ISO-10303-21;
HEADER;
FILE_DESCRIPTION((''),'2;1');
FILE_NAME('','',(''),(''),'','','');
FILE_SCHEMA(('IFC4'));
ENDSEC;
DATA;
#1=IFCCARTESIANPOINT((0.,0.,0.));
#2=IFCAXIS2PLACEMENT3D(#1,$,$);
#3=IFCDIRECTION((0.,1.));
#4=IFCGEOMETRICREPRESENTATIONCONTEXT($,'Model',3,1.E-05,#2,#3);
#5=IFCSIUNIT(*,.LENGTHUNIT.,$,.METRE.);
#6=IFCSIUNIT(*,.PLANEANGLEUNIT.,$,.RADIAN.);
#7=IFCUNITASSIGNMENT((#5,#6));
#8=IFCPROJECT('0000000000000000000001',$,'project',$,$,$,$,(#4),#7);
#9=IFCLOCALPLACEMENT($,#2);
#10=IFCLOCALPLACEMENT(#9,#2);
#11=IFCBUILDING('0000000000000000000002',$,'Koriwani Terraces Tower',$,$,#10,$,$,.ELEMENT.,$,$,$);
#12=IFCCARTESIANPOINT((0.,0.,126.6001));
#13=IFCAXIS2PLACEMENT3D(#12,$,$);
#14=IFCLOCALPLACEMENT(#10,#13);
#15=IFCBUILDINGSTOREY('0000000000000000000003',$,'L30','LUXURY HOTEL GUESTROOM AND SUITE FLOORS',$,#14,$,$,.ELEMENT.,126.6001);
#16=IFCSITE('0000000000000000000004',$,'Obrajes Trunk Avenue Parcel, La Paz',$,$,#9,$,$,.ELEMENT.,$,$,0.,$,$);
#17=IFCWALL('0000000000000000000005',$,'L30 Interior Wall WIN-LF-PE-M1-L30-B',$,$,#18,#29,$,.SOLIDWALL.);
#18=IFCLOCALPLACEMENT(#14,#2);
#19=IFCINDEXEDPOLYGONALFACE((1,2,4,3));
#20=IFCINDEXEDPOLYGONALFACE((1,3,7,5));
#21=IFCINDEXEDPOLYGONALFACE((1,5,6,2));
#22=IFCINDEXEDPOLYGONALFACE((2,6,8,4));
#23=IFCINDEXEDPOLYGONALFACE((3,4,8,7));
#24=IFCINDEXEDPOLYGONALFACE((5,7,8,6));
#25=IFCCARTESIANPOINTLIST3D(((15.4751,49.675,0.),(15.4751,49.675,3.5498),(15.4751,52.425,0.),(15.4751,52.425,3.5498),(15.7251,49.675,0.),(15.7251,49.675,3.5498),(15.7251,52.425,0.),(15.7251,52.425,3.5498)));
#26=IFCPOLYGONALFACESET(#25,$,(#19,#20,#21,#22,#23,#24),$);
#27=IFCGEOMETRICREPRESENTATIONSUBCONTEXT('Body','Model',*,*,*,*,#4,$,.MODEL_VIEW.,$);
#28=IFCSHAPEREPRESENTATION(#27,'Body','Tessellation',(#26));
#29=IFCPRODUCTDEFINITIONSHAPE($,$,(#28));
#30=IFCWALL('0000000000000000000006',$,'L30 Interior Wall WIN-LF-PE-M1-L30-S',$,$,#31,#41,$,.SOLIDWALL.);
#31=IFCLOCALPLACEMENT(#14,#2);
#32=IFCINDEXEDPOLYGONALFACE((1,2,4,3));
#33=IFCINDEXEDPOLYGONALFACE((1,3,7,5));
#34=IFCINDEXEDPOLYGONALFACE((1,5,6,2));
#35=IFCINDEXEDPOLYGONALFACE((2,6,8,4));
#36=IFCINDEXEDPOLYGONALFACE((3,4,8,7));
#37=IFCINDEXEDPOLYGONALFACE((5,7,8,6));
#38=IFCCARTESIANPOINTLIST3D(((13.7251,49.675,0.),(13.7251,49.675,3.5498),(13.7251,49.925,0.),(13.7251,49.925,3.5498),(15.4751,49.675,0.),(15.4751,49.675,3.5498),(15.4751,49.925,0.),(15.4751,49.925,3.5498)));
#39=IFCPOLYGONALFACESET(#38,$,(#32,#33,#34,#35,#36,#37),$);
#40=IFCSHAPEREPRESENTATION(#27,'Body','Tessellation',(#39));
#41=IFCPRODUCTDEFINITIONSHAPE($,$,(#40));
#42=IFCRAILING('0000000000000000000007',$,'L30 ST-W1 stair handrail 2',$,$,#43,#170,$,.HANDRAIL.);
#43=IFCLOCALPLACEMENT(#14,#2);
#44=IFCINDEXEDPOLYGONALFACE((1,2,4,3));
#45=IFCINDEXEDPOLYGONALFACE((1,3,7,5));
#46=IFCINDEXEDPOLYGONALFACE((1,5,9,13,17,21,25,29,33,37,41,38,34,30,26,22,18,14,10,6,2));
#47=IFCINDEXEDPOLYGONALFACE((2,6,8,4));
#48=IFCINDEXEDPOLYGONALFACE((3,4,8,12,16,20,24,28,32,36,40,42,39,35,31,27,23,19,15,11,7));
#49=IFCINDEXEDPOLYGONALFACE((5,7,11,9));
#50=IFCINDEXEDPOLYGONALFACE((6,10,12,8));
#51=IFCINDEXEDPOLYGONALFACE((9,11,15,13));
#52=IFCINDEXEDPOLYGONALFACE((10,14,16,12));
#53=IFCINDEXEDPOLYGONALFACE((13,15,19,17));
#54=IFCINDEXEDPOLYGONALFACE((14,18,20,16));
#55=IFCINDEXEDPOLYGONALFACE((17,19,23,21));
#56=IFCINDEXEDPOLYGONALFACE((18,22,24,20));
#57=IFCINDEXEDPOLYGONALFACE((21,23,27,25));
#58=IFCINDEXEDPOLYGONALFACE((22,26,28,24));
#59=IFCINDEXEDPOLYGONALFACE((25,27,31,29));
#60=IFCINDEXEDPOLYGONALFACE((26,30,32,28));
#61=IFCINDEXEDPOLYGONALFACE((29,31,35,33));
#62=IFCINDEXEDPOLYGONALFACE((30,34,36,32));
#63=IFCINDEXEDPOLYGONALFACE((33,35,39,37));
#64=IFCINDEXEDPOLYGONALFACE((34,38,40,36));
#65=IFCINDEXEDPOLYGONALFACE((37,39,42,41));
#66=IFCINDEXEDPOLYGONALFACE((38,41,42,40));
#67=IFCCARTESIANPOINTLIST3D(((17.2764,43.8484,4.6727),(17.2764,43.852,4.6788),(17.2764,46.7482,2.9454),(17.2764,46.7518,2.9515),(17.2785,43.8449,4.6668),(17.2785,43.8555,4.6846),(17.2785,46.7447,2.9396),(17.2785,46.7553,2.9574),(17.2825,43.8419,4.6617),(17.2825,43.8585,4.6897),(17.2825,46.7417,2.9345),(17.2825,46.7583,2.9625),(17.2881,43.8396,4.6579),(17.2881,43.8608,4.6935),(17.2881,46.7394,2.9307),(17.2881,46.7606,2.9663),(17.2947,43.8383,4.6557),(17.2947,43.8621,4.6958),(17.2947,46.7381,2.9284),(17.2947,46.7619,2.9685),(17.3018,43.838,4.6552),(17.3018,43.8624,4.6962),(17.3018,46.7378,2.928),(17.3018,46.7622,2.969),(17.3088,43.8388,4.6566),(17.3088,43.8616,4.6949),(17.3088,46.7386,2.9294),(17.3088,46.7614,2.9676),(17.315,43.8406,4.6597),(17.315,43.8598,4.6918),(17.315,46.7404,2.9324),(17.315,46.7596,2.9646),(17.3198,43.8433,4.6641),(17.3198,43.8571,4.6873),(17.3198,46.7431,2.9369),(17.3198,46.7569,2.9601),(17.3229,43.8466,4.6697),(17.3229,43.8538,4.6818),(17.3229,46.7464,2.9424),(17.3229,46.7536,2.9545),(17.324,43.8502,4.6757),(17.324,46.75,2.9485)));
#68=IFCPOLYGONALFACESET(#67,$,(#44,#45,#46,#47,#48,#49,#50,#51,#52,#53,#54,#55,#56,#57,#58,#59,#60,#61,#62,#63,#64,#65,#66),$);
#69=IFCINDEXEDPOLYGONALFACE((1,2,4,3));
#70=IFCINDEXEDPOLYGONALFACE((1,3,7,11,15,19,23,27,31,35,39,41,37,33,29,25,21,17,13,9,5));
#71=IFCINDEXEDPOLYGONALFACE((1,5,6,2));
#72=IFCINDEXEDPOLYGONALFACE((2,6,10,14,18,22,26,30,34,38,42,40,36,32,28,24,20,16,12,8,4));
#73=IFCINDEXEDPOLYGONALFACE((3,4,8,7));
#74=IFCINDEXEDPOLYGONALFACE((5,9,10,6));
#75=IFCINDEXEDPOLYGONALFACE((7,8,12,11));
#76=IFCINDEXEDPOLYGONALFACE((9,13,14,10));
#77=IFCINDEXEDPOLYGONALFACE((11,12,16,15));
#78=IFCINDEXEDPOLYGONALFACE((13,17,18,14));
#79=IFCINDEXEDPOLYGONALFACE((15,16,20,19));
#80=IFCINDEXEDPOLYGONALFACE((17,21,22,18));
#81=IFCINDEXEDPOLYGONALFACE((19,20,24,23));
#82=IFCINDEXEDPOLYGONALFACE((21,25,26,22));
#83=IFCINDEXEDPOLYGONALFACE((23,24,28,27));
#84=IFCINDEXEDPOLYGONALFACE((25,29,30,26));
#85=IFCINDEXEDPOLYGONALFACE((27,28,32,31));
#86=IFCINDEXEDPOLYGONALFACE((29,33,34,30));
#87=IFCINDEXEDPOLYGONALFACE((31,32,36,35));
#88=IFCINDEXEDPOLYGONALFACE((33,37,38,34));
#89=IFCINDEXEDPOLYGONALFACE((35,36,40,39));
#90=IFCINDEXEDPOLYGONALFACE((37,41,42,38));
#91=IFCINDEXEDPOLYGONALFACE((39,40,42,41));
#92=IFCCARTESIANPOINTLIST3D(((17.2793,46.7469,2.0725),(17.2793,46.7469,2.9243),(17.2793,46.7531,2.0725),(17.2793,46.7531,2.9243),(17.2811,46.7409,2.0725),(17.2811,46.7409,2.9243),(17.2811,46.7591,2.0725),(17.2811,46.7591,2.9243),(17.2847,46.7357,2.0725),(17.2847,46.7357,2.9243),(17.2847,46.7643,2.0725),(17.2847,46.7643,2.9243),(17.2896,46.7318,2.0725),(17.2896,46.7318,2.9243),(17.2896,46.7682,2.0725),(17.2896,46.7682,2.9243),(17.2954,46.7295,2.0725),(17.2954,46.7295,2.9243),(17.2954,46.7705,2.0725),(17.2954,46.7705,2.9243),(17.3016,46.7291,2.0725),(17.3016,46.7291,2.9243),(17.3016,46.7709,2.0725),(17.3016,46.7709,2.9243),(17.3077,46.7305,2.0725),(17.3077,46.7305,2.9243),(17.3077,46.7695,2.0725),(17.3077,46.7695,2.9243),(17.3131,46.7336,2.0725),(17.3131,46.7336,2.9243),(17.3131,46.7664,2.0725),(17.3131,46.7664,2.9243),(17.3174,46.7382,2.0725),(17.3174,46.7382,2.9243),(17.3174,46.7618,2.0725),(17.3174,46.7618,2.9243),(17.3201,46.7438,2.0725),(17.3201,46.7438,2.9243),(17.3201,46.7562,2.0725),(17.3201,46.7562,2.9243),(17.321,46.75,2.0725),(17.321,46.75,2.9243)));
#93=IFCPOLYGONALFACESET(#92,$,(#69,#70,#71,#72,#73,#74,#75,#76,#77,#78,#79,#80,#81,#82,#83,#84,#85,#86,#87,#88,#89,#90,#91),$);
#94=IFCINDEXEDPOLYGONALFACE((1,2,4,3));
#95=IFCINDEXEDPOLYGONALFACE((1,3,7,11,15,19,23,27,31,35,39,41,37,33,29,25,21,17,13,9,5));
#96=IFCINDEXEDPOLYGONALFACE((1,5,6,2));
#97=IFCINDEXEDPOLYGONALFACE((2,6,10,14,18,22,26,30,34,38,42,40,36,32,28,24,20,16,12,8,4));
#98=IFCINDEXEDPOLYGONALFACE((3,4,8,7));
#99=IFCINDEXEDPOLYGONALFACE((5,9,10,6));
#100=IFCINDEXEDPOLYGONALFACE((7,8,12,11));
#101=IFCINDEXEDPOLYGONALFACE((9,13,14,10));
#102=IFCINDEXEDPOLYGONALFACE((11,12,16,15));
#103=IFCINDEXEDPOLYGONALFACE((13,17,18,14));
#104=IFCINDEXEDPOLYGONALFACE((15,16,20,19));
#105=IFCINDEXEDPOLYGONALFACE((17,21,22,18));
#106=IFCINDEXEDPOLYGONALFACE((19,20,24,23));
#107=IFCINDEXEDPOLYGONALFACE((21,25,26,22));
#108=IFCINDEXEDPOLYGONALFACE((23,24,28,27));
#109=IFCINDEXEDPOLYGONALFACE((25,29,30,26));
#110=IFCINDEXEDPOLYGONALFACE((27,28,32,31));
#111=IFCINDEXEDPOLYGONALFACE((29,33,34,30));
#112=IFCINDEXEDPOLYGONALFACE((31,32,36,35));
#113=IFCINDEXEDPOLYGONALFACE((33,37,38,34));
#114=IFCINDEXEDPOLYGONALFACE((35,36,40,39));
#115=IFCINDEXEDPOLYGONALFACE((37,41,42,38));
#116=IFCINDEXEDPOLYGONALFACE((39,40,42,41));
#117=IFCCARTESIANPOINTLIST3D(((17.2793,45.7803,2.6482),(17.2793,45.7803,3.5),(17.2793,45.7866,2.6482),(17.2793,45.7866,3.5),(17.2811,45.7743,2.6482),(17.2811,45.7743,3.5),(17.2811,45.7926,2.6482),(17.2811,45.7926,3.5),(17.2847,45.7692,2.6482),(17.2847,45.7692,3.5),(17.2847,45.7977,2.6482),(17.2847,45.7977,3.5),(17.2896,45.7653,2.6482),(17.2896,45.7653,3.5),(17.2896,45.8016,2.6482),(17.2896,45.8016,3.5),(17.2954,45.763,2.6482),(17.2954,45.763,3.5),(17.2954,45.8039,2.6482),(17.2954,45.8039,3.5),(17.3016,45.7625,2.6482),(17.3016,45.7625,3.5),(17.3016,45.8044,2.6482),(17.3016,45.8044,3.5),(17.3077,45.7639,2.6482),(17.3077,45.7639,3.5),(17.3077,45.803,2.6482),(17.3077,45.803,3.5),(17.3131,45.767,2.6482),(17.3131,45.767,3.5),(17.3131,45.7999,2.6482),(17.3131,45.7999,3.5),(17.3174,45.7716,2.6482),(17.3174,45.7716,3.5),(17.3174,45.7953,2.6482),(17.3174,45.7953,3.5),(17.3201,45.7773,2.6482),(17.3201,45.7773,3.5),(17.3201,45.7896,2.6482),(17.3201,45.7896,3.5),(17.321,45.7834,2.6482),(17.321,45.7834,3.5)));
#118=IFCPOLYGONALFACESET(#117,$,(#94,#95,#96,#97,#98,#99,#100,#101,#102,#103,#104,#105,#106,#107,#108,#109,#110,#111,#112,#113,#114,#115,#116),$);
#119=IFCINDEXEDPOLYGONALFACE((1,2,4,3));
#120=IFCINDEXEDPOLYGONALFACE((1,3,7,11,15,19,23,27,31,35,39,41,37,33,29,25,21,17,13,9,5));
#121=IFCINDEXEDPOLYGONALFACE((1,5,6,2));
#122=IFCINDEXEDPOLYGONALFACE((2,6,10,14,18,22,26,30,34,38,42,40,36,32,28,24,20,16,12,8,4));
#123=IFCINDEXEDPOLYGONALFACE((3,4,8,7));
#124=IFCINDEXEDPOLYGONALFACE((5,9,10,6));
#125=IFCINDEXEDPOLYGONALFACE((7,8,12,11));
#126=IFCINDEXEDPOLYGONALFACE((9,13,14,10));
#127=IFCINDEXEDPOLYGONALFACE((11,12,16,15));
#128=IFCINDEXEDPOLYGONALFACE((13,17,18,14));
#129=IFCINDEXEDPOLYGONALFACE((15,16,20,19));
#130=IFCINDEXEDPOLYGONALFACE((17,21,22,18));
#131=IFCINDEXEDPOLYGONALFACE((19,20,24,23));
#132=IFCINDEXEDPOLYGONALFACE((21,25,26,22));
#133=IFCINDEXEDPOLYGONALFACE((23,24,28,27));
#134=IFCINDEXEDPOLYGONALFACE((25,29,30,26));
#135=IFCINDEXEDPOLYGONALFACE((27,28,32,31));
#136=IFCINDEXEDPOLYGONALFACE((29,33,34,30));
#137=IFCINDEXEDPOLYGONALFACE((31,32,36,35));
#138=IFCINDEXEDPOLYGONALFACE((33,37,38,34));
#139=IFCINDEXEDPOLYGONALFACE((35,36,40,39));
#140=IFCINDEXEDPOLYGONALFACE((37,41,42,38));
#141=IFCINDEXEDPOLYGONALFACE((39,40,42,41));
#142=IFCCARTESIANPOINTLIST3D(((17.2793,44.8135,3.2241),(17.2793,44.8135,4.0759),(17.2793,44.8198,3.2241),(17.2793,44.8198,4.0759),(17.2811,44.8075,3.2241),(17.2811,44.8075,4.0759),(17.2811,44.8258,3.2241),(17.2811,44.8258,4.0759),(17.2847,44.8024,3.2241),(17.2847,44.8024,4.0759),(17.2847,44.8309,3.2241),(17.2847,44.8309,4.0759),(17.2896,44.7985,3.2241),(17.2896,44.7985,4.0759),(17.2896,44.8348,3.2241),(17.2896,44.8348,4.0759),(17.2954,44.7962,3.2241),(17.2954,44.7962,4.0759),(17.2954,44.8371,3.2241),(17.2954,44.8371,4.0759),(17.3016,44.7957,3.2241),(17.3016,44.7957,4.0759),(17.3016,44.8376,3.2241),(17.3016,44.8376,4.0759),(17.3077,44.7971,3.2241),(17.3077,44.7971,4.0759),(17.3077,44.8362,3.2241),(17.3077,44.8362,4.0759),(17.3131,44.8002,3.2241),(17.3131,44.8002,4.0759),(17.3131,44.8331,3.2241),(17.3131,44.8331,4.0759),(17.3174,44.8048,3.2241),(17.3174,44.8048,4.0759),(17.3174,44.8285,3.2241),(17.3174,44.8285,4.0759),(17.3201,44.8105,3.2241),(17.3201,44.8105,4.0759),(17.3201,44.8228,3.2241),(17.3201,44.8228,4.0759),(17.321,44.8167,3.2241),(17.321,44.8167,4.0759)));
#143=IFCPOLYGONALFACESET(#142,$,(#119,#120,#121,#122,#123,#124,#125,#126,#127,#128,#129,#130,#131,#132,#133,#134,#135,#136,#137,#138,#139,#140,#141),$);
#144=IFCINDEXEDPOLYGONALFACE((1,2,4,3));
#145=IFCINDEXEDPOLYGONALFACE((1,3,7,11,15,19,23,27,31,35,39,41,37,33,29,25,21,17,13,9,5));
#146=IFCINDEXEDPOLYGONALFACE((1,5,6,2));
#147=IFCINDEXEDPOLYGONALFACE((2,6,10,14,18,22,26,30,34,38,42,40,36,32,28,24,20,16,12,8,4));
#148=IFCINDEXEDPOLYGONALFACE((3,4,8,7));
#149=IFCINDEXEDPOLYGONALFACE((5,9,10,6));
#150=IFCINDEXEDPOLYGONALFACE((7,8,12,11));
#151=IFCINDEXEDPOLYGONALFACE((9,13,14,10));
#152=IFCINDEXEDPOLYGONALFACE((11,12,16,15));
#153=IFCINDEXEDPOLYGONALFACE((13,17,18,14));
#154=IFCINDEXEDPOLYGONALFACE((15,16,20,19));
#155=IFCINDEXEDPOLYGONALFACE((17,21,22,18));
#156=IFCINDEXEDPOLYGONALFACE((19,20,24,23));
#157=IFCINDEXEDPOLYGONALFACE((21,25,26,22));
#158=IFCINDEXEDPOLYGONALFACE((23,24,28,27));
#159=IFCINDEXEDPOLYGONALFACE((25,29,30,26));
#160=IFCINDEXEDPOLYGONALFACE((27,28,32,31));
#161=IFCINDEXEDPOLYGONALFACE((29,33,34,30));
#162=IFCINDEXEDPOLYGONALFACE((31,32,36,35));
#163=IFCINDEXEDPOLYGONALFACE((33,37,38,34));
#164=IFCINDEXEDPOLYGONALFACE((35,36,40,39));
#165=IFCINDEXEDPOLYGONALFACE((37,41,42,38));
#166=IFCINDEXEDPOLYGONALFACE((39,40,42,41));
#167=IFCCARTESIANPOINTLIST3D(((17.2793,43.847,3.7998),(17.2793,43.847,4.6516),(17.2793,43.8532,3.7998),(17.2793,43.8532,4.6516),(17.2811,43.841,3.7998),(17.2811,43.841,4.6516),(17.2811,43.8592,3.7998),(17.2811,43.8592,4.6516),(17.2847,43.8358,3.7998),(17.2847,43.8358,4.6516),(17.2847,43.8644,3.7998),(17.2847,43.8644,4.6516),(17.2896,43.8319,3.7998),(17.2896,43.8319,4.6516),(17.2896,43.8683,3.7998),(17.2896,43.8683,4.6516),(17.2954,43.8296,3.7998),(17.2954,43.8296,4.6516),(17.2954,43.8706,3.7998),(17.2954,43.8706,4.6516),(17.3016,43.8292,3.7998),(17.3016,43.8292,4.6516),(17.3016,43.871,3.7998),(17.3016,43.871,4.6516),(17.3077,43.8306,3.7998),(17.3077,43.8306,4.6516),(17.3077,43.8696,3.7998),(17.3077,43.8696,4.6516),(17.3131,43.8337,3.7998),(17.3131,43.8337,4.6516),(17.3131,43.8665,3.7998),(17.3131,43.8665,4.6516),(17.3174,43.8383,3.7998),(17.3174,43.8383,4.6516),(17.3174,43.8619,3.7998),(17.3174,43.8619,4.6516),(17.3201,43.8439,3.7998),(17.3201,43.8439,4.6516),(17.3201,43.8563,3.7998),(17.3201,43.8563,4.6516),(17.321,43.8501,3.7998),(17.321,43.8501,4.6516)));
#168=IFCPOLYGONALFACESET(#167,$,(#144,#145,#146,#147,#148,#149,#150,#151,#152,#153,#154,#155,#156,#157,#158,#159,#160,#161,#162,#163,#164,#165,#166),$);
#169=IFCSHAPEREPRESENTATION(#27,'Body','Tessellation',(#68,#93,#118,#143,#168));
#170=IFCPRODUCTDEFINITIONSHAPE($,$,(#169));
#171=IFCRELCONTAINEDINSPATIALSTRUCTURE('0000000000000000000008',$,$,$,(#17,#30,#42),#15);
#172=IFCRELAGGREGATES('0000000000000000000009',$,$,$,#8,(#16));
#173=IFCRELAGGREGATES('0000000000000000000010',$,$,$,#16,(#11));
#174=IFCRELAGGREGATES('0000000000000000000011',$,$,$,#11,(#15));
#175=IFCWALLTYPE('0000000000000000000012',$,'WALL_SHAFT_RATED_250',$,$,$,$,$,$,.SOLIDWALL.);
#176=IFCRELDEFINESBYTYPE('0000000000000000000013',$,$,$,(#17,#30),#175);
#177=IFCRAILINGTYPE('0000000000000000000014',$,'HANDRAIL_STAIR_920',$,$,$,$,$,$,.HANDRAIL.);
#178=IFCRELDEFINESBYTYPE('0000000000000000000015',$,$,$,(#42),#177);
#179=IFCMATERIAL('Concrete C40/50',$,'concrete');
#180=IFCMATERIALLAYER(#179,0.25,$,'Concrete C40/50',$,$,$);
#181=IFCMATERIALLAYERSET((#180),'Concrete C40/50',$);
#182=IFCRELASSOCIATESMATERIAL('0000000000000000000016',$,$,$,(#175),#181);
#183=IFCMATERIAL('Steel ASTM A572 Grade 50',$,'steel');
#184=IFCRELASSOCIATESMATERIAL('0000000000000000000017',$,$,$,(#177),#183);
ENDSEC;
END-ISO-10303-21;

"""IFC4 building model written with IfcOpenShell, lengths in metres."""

from ifc_helpers import new_model, si_unit, direction, frame, frame_2d, origin, origin_2d, place, context, subcontext, project, spatial, rectangle, circle, extrude, material, layer, layer_set, type_object, element, save


model = new_model("IFC4")

# Units and contexts
model_context = context("Model", 3, precision=1e-05, world=origin(), true_north=direction((0.0, 1.0)))
body_context = subcontext(model_context, "Body", "Model", "MODEL_VIEW")
ifc_project = project(units=[si_unit("LENGTHUNIT", "METRE"), si_unit("PLANEANGLEUNIT", "RADIAN")], contexts=[model_context])

# Site, building, storey
site_placement = place(None, origin())
site = spatial("IfcSite", under=ifc_project, at=site_placement, Name="Obrajes Trunk Avenue Parcel, La Paz", CompositionType="ELEMENT", RefElevation=0.0)
building_placement = place(site_placement, origin())
building = spatial("IfcBuilding", under=site, at=building_placement, Name="Koriwani Terraces Tower", CompositionType="ELEMENT")
storey_placement = place(building_placement, frame((0.0, 0.0, 126.6001)))
storey = spatial("IfcBuildingStorey", under=building, at=storey_placement, Name="L30", Description="LUXURY HOTEL GUESTROOM AND SUITE FLOORS", CompositionType="ELEMENT", Elevation=126.6001)

# Shared definitions
ifc_material_1 = material(Name="Concrete C40/50", Category="concrete")
ifc_material_2 = material(Name="Steel ASTM A572 Grade 50", Category="steel")

# Shared definitions
ifc_layer_1 = layer(ifc_material_1, 0.25, Name="Concrete C40/50")
ifc_layer_set_1 = layer_set([ifc_layer_1], Name="Concrete C40/50")
wall_type_1 = type_object("IfcWallType", Name="WALL_SHAFT_RATED_250", PredefinedType="SOLIDWALL", material=ifc_layer_set_1)

# Walls
wall_1_placement = place(storey_placement, frame((15.6001, 49.675, 0.0), z_axis=(0.0, 0.0, 1.0), x_axis=(0.0, 1.0, 0.0)))
element("IfcWall", 1, at=wall_1_placement, inside=storey, type_object=wall_type_1, Name="L30 Interior Wall WIN-LF-PE-M1-L30-B", PredefinedType="SOLIDWALL", context=body_context, shape_type="SweptSolid", body=[
    extrude(rectangle(XDim=2.75, YDim=0.25, at=frame_2d((1.375, 0.0))), origin(), (0.0, 0.0, 1.0), 3.5498),
])
wall_2_placement = place(storey_placement, frame((13.7251, 49.8, 0.0), z_axis=(0.0, 0.0, 1.0), x_axis=(1.0, 0.0, 0.0)))
element("IfcWall", 2, at=wall_2_placement, inside=storey, type_object=wall_type_1, Name="L30 Interior Wall WIN-LF-PE-M1-L30-S", PredefinedType="SOLIDWALL", context=body_context, shape_type="SweptSolid", body=[
    extrude(rectangle(XDim=1.75, YDim=0.25, at=frame_2d((0.875, 0.0))), origin(), (0.0, 0.0, 1.0), 3.5498),
])

# Railing
railing_type_1 = type_object("IfcRailingType", Name="HANDRAIL_STAIR_920", PredefinedType="HANDRAIL", material=ifc_material_2)
railing_1_placement = place(storey_placement, frame((17.3, 46.75, 2.0725)))
element("IfcRailing", 3, at=railing_1_placement, inside=storey, type_object=railing_type_1, Name="L30 ST-W1 stair handrail 2", PredefinedType="HANDRAIL", context=body_context, shape_type="SweptSolid", body=[
    extrude(circle(Radius=0.0239, at=origin_2d()), frame((0.0, 0.0, 0.876), z_axis=(0.0, -0.859141, 0.511738), x_axis=(1.0, 0.0, 0.0)), (0.0, 0.0, 1.0), 3.3752),
    extrude(circle(Radius=0.021, at=origin_2d()), origin(), (0.0, 0.0, 1.0), 0.8518),
    extrude(circle(Radius=0.021, at=origin_2d()), frame((0.0, -0.9666, 0.5757)), (0.0, 0.0, 1.0), 0.8518),
    extrude(circle(Radius=0.021, at=origin_2d()), frame((0.0, -1.9333, 1.1516)), (0.0, 0.0, 1.0), 0.8518),
    extrude(circle(Radius=0.021, at=origin_2d()), frame((0.0, -2.8999, 1.7273)), (0.0, 0.0, 1.0), 0.8518),
])

save(model, "model.ifc")
